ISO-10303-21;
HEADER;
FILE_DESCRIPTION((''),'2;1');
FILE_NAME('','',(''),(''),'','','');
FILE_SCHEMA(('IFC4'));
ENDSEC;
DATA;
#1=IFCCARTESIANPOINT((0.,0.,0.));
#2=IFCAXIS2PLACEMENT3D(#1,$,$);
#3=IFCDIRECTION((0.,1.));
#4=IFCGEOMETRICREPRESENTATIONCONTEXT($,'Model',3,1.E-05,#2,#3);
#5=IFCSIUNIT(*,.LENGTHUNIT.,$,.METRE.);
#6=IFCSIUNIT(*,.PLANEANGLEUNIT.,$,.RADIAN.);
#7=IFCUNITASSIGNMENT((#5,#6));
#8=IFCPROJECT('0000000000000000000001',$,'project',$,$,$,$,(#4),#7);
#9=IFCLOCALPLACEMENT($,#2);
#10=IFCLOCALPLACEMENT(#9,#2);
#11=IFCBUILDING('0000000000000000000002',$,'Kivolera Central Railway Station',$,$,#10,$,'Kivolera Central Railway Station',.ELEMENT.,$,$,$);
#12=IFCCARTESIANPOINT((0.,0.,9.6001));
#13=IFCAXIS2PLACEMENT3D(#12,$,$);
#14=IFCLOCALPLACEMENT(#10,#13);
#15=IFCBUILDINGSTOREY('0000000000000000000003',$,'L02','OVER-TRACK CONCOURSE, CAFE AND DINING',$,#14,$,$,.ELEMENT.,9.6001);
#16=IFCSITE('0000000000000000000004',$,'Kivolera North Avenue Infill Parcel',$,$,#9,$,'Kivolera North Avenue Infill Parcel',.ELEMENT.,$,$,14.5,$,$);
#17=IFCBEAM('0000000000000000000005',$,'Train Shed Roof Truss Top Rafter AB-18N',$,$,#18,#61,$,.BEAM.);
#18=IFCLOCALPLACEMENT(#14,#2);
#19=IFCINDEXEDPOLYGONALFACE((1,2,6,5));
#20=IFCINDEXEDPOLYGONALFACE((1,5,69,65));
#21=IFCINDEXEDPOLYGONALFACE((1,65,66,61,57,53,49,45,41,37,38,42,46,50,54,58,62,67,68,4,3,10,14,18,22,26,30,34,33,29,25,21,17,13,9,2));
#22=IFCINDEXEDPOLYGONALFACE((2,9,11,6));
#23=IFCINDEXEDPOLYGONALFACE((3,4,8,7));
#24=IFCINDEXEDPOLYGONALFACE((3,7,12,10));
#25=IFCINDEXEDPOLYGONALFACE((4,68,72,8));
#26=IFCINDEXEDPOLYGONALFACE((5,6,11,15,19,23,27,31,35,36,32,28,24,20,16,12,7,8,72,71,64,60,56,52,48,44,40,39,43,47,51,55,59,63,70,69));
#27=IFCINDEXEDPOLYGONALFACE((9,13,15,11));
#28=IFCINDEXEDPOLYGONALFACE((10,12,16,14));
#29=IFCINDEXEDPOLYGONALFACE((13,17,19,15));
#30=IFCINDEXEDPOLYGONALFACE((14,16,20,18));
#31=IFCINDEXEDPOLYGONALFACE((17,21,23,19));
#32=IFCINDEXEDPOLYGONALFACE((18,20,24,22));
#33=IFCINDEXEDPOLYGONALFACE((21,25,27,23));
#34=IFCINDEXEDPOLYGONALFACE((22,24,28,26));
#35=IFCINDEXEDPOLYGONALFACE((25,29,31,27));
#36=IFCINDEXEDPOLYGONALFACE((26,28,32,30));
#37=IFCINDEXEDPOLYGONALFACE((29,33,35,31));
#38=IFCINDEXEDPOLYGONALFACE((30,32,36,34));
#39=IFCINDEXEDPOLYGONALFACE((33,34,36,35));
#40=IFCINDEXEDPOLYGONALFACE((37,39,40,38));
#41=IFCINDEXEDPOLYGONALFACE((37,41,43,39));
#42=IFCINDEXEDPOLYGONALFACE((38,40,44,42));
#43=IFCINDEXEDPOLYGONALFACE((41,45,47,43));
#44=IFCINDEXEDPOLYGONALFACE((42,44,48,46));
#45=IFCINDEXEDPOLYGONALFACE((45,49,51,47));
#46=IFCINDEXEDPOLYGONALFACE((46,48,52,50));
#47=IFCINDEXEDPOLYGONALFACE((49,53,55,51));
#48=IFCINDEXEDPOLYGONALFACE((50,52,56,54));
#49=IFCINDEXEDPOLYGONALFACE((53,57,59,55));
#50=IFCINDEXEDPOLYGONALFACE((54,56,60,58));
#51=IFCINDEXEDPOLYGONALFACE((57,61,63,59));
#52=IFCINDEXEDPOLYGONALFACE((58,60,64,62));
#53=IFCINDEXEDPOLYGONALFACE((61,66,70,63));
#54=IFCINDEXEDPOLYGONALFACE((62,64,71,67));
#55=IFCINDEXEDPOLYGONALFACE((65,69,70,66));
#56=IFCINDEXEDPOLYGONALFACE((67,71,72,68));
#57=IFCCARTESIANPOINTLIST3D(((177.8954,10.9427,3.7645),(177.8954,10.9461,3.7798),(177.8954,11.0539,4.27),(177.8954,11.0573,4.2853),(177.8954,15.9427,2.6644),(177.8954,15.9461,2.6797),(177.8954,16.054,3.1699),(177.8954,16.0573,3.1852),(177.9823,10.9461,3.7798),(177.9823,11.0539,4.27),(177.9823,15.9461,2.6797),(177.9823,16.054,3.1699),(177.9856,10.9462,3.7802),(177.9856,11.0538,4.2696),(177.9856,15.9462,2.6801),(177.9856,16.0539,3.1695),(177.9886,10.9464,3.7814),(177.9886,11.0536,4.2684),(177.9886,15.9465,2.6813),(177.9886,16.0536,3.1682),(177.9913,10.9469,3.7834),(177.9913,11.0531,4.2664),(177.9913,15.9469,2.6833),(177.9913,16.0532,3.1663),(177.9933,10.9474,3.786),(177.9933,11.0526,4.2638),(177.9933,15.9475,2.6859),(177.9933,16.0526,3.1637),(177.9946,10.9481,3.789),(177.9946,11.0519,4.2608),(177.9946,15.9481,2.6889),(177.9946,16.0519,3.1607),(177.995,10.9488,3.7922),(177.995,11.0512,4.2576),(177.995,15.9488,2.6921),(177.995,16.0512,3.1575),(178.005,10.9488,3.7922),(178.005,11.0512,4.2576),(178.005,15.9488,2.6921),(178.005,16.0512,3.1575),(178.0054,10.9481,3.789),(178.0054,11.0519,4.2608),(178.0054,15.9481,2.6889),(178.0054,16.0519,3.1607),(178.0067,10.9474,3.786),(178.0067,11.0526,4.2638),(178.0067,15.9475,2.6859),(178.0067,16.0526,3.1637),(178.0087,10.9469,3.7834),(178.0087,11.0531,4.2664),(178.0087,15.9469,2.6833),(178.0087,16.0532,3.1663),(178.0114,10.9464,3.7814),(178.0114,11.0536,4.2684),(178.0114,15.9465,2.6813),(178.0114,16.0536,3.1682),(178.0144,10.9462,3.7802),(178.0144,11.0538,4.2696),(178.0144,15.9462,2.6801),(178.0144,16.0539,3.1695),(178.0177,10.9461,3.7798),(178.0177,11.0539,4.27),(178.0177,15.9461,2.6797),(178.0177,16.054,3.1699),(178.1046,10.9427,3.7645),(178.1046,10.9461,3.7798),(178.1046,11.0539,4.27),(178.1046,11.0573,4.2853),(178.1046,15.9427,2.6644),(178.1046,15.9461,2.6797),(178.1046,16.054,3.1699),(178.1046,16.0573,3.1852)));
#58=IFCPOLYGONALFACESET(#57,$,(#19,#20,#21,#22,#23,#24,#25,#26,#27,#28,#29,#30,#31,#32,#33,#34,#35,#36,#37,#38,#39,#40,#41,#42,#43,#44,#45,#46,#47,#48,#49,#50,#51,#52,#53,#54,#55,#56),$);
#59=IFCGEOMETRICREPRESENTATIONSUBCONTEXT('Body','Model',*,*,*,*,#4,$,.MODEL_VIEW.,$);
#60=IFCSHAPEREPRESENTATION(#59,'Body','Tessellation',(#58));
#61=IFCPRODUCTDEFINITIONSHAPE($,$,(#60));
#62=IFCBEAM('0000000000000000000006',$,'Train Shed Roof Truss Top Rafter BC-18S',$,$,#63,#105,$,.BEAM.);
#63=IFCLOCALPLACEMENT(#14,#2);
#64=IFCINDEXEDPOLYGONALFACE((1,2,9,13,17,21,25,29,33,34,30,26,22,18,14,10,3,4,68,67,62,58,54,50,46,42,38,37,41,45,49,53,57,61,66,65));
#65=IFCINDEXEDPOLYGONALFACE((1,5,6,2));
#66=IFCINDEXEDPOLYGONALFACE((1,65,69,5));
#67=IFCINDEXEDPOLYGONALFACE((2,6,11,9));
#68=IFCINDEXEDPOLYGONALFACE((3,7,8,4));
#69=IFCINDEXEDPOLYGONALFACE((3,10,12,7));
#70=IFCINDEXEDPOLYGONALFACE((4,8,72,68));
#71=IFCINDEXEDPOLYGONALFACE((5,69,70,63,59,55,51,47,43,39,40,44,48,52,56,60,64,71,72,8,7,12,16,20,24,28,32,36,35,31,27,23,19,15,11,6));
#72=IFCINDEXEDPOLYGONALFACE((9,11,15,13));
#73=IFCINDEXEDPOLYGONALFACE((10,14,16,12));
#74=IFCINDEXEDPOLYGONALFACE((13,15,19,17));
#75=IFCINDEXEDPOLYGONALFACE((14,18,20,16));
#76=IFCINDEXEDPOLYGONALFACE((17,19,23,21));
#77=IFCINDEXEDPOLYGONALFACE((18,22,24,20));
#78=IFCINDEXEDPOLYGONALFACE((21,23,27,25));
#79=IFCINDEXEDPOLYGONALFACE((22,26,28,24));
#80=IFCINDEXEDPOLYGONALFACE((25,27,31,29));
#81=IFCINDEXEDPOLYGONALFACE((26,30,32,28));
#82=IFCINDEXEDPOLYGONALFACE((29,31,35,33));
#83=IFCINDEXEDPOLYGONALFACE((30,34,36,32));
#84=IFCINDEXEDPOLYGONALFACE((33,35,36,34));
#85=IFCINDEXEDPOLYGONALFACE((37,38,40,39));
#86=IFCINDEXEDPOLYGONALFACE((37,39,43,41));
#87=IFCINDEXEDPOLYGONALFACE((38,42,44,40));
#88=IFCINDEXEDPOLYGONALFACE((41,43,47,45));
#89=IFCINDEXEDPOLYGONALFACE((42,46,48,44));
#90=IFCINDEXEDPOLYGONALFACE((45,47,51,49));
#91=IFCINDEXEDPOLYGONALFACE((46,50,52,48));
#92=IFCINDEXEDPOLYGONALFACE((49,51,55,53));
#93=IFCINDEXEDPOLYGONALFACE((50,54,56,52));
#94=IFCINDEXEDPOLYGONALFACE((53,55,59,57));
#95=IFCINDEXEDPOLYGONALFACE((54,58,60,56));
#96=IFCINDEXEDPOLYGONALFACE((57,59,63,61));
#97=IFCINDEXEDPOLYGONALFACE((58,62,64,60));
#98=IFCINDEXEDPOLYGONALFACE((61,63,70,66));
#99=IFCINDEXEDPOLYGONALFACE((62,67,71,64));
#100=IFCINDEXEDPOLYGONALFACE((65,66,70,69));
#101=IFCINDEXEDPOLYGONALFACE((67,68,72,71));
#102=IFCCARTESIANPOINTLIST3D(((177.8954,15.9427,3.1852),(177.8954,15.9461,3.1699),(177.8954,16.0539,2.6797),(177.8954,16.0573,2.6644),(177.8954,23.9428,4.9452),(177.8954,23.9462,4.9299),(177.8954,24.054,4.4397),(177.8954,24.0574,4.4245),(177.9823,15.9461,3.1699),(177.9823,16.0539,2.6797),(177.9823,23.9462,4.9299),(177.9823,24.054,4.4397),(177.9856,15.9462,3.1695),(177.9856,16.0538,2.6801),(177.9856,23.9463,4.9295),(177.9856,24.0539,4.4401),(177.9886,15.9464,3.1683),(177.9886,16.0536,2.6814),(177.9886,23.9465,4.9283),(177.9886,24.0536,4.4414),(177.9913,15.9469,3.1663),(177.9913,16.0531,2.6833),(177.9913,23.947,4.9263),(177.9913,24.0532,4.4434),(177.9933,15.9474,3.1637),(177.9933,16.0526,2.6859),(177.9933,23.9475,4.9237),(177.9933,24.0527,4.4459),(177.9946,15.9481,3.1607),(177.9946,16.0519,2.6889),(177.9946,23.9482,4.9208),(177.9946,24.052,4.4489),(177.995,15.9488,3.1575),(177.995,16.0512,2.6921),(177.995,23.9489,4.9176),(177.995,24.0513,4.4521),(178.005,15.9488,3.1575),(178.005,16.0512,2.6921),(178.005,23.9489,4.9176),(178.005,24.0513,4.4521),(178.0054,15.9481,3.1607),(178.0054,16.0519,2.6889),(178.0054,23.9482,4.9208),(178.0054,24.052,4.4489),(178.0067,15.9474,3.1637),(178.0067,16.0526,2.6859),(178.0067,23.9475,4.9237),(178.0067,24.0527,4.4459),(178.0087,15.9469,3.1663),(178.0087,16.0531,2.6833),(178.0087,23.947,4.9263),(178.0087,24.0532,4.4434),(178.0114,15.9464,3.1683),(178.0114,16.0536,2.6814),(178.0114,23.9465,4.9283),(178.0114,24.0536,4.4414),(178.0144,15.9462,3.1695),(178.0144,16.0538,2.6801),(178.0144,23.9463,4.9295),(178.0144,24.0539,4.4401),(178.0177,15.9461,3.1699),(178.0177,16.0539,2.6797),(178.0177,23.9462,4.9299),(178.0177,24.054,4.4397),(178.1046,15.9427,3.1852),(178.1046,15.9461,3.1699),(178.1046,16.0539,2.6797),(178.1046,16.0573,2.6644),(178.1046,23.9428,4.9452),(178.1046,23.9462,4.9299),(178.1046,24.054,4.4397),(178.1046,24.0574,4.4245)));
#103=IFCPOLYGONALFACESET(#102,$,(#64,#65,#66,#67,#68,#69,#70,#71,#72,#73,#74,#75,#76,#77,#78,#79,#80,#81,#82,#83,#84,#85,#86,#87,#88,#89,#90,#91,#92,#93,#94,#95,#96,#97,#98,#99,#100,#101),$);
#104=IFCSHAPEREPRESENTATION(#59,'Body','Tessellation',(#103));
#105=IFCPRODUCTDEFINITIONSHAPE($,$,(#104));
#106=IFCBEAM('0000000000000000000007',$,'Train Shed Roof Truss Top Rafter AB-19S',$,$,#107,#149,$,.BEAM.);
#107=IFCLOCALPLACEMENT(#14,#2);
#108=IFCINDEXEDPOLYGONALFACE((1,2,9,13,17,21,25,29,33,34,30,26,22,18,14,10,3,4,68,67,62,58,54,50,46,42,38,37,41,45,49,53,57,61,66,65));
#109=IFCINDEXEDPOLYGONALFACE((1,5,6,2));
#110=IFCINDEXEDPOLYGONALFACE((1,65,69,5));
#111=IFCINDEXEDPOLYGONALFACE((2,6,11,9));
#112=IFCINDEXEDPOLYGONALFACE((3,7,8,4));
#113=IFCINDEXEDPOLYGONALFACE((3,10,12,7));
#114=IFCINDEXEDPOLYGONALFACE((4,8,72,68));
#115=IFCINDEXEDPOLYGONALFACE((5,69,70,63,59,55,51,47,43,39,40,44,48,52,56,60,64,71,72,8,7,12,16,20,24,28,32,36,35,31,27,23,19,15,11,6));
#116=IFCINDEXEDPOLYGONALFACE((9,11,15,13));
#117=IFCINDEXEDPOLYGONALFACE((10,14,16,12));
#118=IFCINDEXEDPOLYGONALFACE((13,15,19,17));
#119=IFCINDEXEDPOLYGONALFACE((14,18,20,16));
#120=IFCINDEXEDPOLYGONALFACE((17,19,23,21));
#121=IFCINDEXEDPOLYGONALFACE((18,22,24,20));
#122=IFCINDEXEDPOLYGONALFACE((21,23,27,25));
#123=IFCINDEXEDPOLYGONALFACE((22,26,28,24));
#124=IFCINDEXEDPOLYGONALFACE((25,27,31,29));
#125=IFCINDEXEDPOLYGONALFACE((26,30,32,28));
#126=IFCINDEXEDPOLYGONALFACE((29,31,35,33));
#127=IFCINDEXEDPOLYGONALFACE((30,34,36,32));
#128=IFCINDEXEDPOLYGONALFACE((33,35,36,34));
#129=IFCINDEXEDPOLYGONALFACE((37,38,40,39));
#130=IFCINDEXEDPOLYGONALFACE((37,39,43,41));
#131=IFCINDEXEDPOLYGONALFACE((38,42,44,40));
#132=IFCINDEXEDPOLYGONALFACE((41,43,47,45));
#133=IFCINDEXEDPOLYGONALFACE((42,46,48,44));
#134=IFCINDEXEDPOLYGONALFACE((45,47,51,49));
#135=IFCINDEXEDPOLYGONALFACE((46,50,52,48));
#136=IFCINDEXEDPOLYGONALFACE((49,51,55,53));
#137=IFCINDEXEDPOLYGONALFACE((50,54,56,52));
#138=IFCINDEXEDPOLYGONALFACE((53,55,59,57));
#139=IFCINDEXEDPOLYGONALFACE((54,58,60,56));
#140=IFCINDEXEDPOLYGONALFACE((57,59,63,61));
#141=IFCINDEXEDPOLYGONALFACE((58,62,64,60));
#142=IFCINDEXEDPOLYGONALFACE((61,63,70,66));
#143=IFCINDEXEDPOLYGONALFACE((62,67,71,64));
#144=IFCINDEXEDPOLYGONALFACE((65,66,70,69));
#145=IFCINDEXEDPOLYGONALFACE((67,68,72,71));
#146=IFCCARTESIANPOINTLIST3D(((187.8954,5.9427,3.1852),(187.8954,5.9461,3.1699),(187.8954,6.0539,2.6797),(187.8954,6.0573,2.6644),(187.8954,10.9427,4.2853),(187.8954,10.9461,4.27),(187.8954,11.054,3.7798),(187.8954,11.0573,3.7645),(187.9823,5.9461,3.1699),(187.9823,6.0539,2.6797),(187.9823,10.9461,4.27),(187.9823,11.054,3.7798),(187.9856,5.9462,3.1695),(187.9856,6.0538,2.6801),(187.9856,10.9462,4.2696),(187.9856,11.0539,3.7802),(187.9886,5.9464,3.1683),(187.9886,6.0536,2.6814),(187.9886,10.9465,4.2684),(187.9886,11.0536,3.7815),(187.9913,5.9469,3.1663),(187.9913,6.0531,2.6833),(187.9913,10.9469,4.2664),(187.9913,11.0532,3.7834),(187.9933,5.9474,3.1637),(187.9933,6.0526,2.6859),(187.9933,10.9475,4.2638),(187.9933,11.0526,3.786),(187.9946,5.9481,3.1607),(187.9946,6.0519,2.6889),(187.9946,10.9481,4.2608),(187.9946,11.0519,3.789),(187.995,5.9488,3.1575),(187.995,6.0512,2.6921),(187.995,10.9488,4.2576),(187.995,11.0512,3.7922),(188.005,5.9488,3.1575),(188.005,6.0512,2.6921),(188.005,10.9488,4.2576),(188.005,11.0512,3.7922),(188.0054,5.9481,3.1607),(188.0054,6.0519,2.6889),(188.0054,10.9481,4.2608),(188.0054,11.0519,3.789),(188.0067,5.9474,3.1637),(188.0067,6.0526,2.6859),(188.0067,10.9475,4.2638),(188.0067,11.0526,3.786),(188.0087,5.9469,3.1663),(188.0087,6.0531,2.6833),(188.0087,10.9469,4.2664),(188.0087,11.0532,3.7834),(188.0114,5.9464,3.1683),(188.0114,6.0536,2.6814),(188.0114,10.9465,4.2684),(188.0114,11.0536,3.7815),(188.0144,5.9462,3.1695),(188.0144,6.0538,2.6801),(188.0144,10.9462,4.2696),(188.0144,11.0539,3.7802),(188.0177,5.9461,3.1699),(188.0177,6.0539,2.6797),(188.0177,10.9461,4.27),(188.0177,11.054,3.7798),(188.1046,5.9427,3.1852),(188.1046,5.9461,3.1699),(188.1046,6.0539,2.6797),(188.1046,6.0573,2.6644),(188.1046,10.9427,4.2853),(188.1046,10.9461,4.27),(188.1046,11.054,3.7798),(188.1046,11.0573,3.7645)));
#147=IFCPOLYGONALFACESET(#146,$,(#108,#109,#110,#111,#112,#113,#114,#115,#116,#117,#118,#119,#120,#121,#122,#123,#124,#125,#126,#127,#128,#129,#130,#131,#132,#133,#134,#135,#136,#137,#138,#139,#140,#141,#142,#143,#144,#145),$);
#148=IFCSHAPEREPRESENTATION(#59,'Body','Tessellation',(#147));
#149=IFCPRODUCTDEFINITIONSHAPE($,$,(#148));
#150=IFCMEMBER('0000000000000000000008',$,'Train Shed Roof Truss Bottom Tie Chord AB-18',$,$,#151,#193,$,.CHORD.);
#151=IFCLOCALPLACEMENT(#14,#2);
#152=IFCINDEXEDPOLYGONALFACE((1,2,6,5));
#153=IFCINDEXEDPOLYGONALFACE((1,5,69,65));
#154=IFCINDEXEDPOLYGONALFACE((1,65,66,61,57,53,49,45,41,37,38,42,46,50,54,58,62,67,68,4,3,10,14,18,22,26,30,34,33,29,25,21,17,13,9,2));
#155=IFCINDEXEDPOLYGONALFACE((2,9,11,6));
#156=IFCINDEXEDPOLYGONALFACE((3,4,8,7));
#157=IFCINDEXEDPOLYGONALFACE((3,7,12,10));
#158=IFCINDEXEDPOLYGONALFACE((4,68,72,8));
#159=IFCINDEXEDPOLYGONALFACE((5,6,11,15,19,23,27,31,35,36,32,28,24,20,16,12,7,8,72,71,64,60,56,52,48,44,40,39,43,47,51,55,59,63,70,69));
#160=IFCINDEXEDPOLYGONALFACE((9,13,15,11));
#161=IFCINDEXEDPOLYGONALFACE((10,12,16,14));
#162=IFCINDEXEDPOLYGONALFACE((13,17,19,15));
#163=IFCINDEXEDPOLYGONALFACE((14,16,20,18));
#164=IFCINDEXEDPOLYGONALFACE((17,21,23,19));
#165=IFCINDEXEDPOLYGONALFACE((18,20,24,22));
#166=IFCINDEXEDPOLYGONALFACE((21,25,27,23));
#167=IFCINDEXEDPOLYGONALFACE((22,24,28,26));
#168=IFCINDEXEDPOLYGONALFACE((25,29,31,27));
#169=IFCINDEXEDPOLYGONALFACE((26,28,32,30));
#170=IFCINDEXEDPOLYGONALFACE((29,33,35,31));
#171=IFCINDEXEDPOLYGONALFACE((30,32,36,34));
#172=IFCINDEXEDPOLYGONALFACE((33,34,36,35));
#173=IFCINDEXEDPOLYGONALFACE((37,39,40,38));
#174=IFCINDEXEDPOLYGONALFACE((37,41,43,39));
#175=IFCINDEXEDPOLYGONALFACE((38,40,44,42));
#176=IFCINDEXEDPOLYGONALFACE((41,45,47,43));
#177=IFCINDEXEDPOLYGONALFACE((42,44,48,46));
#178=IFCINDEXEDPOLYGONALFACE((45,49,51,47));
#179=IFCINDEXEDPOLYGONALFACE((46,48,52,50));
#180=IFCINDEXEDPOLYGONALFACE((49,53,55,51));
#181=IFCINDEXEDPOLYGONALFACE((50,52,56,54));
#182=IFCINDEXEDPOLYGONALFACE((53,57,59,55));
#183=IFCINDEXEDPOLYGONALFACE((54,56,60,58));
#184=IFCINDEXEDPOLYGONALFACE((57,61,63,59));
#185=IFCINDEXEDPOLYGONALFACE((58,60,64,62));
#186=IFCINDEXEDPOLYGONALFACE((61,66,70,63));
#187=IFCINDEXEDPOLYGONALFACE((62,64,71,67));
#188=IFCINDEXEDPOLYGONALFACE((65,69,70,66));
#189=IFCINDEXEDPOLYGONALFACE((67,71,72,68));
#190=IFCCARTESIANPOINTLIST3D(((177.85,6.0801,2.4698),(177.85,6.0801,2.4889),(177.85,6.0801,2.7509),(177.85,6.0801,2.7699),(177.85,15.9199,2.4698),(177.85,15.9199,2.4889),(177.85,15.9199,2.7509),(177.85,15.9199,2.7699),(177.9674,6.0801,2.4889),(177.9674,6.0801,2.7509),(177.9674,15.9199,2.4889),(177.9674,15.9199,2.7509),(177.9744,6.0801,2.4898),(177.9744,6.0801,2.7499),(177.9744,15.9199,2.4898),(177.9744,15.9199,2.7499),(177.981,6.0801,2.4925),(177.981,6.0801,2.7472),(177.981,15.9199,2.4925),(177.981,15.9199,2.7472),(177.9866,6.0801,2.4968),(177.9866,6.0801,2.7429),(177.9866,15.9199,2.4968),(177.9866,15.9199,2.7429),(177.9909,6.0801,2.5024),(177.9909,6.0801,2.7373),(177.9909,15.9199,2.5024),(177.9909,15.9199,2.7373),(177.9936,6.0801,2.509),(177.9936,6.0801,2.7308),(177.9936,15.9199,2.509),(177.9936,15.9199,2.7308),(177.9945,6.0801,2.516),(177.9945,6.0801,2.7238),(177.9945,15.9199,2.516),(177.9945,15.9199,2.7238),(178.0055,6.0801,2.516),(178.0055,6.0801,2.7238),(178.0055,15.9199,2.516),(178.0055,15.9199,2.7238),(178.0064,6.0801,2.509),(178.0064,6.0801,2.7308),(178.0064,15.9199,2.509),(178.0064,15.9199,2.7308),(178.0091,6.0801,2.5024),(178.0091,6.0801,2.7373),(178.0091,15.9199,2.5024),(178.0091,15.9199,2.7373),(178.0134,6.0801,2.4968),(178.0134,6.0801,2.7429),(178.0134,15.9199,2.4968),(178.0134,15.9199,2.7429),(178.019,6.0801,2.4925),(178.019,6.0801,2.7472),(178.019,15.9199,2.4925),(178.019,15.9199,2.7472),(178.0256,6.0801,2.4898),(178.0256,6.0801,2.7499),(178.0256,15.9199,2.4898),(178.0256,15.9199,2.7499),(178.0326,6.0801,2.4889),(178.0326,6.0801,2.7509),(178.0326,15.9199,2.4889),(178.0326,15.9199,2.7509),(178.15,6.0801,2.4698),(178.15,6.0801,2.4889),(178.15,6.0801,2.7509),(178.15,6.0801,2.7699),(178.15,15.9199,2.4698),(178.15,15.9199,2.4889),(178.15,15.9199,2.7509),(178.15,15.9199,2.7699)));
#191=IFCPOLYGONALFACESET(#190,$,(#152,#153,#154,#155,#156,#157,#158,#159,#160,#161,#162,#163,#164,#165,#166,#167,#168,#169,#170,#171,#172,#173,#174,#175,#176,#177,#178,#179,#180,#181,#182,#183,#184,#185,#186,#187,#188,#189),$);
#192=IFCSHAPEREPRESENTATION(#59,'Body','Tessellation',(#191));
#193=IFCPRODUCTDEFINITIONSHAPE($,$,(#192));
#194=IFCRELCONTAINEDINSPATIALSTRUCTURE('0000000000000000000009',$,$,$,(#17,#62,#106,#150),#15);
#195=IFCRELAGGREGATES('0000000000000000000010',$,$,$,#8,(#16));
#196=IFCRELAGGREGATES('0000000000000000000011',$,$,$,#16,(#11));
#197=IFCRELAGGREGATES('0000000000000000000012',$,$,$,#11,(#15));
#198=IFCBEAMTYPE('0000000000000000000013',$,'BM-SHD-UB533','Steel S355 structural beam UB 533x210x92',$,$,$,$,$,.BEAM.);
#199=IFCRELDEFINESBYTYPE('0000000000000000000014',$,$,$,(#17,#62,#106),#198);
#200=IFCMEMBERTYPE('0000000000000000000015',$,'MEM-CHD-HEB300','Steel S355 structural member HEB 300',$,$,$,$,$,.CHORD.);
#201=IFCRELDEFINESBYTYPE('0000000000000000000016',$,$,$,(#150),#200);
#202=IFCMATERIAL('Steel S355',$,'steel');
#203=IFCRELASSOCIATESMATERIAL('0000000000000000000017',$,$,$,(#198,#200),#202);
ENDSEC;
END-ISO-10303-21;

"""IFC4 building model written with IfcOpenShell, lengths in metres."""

from ifc_helpers import new_model, si_unit, direction, frame, origin, origin_2d, place, context, subcontext, project, spatial, i_section, extrude, material, material_profile, profile_set, type_object, element, save


model = new_model("IFC4")

# Units and contexts
model_context = context("Model", 3, precision=1e-05, world=origin(), true_north=direction((0.0, 1.0)))
body_context = subcontext(model_context, "Body", "Model", "MODEL_VIEW")
ifc_project = project(units=[si_unit("LENGTHUNIT", "METRE"), si_unit("PLANEANGLEUNIT", "RADIAN")], contexts=[model_context])

# Site, building, storey
site_placement = place(None, origin())
site = spatial("IfcSite", under=ifc_project, at=site_placement, Name="Kivolera North Avenue Infill Parcel", LongName="Kivolera North Avenue Infill Parcel", CompositionType="ELEMENT", RefElevation=14.5)
building_placement = place(site_placement, origin())
building = spatial("IfcBuilding", under=site, at=building_placement, Name="Kivolera Central Railway Station", LongName="Kivolera Central Railway Station", CompositionType="ELEMENT")
storey_placement = place(building_placement, frame((0.0, 0.0, 9.6001)))
storey = spatial("IfcBuildingStorey", under=building, at=storey_placement, Name="L02", Description="OVER-TRACK CONCOURSE, CAFE AND DINING", CompositionType="ELEMENT", Elevation=9.6001)

# Shared definitions
ifc_material_1 = material(Name="Steel S355", Category="steel")

# Beams
ifc_material_profile_1 = material_profile(ifc_material_1, i_section(OverallWidth=0.2092, OverallDepth=0.5332, WebThickness=0.01, FlangeThickness=0.0156, FilletRadius=0.0127, at=origin_2d()), Name="UB 533x210x92")
ifc_profile_set_1 = profile_set([ifc_material_profile_1], Name="Steel S355")
beam_type_1 = type_object("IfcBeamType", Name="BM-SHD-UB533", Description="Steel S355 structural beam UB 533x210x92", PredefinedType="BEAM", material=ifc_profile_set_1)
for number, where, z_axis, x_axis, name in (
    (1, (178.0, 11.0, 4.0249), (0.0, 0.97664, -0.21488), (-1.0, 0.0, 0.0), "Train Shed Roof Truss Top Rafter AB-18N"),
):
    element("IfcBeam", number, at=place(storey_placement, frame(where, z_axis=z_axis, x_axis=x_axis)), inside=storey, type_object=beam_type_1, Name=name, PredefinedType="BEAM", context=body_context, shape_type="SweptSolid", body=[
        extrude(i_section(OverallWidth=0.2092, OverallDepth=0.5332, WebThickness=0.01, FlangeThickness=0.0156, FilletRadius=0.0127, at=origin_2d()), origin(), (0.0, 0.0, 1.0), 5.1196),
    ])
beam_1_placement = place(storey_placement, frame((178.0, 16.0, 2.9248), z_axis=(0.0, 0.976644, 0.214863), x_axis=(-1.0, 0.0, 0.0)))
element("IfcBeam", 2, at=beam_1_placement, inside=storey, type_object=beam_type_1, Name="Train Shed Roof Truss Top Rafter BC-18S", PredefinedType="BEAM", context=body_context, shape_type="SweptSolid", body=[
    extrude(i_section(OverallWidth=0.2092, OverallDepth=0.5332, WebThickness=0.01, FlangeThickness=0.0156, FilletRadius=0.0127, at=origin_2d()), origin(), (0.0, 0.0, 1.0), 8.1914),
])
beam_2_placement = place(storey_placement, frame((188.0, 6.0, 2.9248), z_axis=(0.0, 0.97664, 0.21488), x_axis=(-1.0, 0.0, 0.0)))
element("IfcBeam", 3, at=beam_2_placement, inside=storey, type_object=beam_type_1, Name="Train Shed Roof Truss Top Rafter AB-19S", PredefinedType="BEAM", context=body_context, shape_type="SweptSolid", body=[
    extrude(i_section(OverallWidth=0.2092, OverallDepth=0.5332, WebThickness=0.01, FlangeThickness=0.0156, FilletRadius=0.0127, at=origin_2d()), origin(), (0.0, 0.0, 1.0), 5.1196),
])

# Member
ifc_material_profile_2 = material_profile(ifc_material_1, i_section(OverallWidth=0.3, OverallDepth=0.3, WebThickness=0.011, FlangeThickness=0.019, FilletRadius=0.0271, at=origin_2d()), Name="HEB 300")
ifc_profile_set_2 = profile_set([ifc_material_profile_2], Name="Steel S355")
member_type_1 = type_object("IfcMemberType", Name="MEM-CHD-HEB300", Description="Steel S355 structural member HEB 300", PredefinedType="CHORD", material=ifc_profile_set_2)
member_1_placement = place(storey_placement, frame((178.0, 6.0801, 2.6199), z_axis=(0.0, 1.0, 0.0), x_axis=(-1.0, 0.0, 0.0)))
element("IfcMember", 4, at=member_1_placement, inside=storey, type_object=member_type_1, Name="Train Shed Roof Truss Bottom Tie Chord AB-18", PredefinedType="CHORD", context=body_context, shape_type="SweptSolid", body=[
    extrude(i_section(OverallWidth=0.3, OverallDepth=0.3, WebThickness=0.011, FlangeThickness=0.019, FilletRadius=0.0271, at=origin_2d()), origin(), (0.0, 0.0, 1.0), 9.8398),
])

save(model, "model.ifc")
